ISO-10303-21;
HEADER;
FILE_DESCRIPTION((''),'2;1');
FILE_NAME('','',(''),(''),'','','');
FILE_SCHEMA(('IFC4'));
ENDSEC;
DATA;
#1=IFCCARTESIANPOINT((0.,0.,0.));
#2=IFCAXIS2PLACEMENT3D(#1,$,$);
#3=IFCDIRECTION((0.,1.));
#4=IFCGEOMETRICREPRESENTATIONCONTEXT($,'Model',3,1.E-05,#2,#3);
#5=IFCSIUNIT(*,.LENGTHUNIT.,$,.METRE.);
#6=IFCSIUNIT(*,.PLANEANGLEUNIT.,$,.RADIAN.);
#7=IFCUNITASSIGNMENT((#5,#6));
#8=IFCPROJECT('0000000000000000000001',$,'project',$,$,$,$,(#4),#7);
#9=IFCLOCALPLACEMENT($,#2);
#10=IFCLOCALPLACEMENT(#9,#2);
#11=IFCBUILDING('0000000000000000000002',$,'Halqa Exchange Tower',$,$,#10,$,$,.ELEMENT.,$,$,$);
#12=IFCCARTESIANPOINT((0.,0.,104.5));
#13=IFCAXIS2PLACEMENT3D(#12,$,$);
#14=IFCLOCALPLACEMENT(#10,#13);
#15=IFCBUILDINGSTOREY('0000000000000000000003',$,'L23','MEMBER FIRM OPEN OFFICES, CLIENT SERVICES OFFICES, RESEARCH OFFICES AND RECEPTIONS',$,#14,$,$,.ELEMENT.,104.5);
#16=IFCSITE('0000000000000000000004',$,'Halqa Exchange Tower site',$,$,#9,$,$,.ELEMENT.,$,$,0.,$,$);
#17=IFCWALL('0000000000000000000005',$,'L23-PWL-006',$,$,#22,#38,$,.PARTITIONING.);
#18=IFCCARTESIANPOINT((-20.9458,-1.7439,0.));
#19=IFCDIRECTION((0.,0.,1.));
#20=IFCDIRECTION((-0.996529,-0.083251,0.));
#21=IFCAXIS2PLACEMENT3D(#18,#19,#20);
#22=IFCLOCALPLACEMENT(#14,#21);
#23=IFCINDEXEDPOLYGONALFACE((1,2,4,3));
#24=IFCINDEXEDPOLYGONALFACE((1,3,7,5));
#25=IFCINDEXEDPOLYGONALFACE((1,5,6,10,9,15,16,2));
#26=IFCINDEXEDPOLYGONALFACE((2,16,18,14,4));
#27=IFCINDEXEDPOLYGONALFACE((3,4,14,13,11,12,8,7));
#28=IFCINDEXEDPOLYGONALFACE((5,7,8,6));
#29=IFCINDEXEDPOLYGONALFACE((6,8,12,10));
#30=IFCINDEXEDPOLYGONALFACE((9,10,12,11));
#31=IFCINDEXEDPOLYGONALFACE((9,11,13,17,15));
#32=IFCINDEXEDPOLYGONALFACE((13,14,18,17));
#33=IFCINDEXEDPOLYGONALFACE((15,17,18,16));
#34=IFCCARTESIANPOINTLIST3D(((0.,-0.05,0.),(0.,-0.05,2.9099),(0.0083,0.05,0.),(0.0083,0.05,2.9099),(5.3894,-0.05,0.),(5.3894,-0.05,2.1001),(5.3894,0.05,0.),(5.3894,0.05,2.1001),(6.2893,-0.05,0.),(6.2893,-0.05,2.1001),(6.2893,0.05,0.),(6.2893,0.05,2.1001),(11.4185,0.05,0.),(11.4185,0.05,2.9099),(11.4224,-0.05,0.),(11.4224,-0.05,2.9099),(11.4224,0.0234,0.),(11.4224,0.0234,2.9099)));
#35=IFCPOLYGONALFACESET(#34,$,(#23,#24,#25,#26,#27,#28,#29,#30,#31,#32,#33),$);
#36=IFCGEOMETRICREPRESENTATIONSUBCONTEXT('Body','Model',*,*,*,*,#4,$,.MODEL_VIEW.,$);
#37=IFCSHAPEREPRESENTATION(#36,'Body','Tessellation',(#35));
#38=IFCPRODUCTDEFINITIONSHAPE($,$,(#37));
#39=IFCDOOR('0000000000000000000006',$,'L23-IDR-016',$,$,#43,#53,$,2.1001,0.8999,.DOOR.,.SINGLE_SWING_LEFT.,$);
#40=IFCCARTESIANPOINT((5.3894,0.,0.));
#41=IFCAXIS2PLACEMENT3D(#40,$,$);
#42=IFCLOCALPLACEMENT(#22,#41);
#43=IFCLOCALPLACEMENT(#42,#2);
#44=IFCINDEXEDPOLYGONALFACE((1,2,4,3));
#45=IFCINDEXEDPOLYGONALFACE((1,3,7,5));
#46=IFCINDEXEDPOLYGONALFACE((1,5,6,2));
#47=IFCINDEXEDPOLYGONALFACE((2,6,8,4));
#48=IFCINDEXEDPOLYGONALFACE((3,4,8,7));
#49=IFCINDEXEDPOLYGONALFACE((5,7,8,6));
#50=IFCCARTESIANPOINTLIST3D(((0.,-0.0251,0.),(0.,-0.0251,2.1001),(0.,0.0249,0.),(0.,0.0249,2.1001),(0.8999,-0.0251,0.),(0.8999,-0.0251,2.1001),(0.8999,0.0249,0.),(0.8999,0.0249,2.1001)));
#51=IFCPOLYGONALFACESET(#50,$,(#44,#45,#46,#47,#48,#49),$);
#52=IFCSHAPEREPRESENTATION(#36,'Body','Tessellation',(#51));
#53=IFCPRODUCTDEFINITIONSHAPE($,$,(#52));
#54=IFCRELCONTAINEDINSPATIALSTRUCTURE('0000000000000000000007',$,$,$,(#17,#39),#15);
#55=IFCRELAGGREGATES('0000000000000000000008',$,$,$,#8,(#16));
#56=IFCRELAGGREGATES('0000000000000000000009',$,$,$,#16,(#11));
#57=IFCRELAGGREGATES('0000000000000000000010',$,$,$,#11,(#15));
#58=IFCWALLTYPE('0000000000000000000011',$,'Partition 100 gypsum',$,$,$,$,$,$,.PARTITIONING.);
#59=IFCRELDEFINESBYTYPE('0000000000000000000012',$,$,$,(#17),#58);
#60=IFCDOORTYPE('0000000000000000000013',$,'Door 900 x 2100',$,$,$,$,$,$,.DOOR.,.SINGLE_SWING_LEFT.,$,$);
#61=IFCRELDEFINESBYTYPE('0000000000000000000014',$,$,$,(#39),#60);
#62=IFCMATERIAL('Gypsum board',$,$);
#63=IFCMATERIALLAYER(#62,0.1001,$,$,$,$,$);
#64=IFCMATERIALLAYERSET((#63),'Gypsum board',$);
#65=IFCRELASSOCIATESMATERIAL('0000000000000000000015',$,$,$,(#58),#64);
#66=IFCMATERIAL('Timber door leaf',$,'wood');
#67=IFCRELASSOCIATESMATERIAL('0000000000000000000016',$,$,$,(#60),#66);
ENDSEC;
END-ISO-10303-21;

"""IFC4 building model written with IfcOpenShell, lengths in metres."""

from ifc_helpers import new_model, si_unit, direction, frame, frame_2d, origin, place, context, subcontext, project, spatial, polyline, rectangle, outline, extrude, material, layer, layer_set, type_object, element, fill, save


model = new_model("IFC4")

# Units and contexts
model_context = context("Model", 3, precision=1e-05, world=origin(), true_north=direction((0.0, 1.0)))
body_context = subcontext(model_context, "Body", "Model", "MODEL_VIEW")
ifc_project = project(units=[si_unit("LENGTHUNIT", "METRE"), si_unit("PLANEANGLEUNIT", "RADIAN")], contexts=[model_context])

# Site, building, storey
site_placement = place(None, origin())
site = spatial("IfcSite", under=ifc_project, at=site_placement, Name="Halqa Exchange Tower site", CompositionType="ELEMENT", RefElevation=0.0)
building_placement = place(site_placement, origin())
building = spatial("IfcBuilding", under=site, at=building_placement, Name="Halqa Exchange Tower", CompositionType="ELEMENT")
storey_placement = place(building_placement, frame((0.0, 0.0, 104.5)))
storey = spatial("IfcBuildingStorey", under=building, at=storey_placement, Name="L23", Description="MEMBER FIRM OPEN OFFICES, CLIENT SERVICES OFFICES, RESEARCH OFFICES AND RECEPTIONS", CompositionType="ELEMENT", Elevation=104.5)

# Wall, opening, door
ifc_material_1 = material(Name="Gypsum board")
ifc_layer_1 = layer(ifc_material_1, 0.1001)
ifc_layer_set_1 = layer_set([ifc_layer_1], Name="Gypsum board")
wall_type_1 = type_object("IfcWallType", Name="Partition 100 gypsum", PredefinedType="PARTITIONING", material=ifc_layer_set_1)
wall_1_placement = place(storey_placement, frame((-20.9458, -1.7439, 0.0), z_axis=(0.0, 0.0, 1.0), x_axis=(-0.996529, -0.083251, 0.0)))
wall_1 = element("IfcWall", 1, at=wall_1_placement, inside=storey, type_object=wall_type_1, Name="L23-PWL-006", PredefinedType="PARTITIONING", context=body_context, shape_type="SweptSolid", body=[
    extrude(outline(polyline([(11.4224, -0.05), (11.4224, 0.0234), (11.4185, 0.05), (9.5166, 0.05), (7.615, 0.05), (5.7134, 0.05), (3.8118, 0.05), (1.9102, 0.05), (0.0083, 0.05), (0.0, -0.05), (1.9038, -0.05), (3.8074, -0.05), (5.7112, -0.05), (7.615, -0.05), (9.5186, -0.05), (11.4224, -0.05)])), origin(), (0.0, 0.0, 1.0), 2.9099),
])
opening_1_placement = place(wall_1_placement, frame((5.3894, 0.0, 0.0)))
opening_1 = element("IfcOpeningElement", 2, at=opening_1_placement, cuts=wall_1, PredefinedType="OPENING", context=body_context, shape_type="SweptSolid", body=[
    extrude(rectangle(XDim=0.8999, YDim=2.1001, at=frame_2d((0.45, 1.05))), frame((0.0, 0.062, 0.0), z_axis=(0.0, -1.0, 0.0), x_axis=(1.0, 0.0, 0.0)), (0.0, 0.0, 1.0), 0.124),
])
ifc_material_2 = material(Name="Timber door leaf", Category="wood")
door_type_1 = type_object("IfcDoorType", Name="Door 900 x 2100", OperationType="SINGLE_SWING_LEFT", PredefinedType="DOOR", material=ifc_material_2)
door_1_placement = place(opening_1_placement, origin())
door_1 = element("IfcDoor", 3, at=door_1_placement, inside=storey, type_object=door_type_1, Name="L23-IDR-016", OperationType="SINGLE_SWING_LEFT", OverallHeight=2.1001, OverallWidth=0.8999, PredefinedType="DOOR", context=body_context, shape_type="SweptSolid", body=[
    extrude(rectangle(XDim=0.8999, YDim=2.1001, at=frame_2d((0.45, 1.05))), frame((0.0, 0.0249, 0.0), z_axis=(0.0, -1.0, 0.0), x_axis=(1.0, 0.0, 0.0)), (0.0, 0.0, 1.0), 0.05),
])
fill(opening_1, door_1)

save(model, "model.ifc")
